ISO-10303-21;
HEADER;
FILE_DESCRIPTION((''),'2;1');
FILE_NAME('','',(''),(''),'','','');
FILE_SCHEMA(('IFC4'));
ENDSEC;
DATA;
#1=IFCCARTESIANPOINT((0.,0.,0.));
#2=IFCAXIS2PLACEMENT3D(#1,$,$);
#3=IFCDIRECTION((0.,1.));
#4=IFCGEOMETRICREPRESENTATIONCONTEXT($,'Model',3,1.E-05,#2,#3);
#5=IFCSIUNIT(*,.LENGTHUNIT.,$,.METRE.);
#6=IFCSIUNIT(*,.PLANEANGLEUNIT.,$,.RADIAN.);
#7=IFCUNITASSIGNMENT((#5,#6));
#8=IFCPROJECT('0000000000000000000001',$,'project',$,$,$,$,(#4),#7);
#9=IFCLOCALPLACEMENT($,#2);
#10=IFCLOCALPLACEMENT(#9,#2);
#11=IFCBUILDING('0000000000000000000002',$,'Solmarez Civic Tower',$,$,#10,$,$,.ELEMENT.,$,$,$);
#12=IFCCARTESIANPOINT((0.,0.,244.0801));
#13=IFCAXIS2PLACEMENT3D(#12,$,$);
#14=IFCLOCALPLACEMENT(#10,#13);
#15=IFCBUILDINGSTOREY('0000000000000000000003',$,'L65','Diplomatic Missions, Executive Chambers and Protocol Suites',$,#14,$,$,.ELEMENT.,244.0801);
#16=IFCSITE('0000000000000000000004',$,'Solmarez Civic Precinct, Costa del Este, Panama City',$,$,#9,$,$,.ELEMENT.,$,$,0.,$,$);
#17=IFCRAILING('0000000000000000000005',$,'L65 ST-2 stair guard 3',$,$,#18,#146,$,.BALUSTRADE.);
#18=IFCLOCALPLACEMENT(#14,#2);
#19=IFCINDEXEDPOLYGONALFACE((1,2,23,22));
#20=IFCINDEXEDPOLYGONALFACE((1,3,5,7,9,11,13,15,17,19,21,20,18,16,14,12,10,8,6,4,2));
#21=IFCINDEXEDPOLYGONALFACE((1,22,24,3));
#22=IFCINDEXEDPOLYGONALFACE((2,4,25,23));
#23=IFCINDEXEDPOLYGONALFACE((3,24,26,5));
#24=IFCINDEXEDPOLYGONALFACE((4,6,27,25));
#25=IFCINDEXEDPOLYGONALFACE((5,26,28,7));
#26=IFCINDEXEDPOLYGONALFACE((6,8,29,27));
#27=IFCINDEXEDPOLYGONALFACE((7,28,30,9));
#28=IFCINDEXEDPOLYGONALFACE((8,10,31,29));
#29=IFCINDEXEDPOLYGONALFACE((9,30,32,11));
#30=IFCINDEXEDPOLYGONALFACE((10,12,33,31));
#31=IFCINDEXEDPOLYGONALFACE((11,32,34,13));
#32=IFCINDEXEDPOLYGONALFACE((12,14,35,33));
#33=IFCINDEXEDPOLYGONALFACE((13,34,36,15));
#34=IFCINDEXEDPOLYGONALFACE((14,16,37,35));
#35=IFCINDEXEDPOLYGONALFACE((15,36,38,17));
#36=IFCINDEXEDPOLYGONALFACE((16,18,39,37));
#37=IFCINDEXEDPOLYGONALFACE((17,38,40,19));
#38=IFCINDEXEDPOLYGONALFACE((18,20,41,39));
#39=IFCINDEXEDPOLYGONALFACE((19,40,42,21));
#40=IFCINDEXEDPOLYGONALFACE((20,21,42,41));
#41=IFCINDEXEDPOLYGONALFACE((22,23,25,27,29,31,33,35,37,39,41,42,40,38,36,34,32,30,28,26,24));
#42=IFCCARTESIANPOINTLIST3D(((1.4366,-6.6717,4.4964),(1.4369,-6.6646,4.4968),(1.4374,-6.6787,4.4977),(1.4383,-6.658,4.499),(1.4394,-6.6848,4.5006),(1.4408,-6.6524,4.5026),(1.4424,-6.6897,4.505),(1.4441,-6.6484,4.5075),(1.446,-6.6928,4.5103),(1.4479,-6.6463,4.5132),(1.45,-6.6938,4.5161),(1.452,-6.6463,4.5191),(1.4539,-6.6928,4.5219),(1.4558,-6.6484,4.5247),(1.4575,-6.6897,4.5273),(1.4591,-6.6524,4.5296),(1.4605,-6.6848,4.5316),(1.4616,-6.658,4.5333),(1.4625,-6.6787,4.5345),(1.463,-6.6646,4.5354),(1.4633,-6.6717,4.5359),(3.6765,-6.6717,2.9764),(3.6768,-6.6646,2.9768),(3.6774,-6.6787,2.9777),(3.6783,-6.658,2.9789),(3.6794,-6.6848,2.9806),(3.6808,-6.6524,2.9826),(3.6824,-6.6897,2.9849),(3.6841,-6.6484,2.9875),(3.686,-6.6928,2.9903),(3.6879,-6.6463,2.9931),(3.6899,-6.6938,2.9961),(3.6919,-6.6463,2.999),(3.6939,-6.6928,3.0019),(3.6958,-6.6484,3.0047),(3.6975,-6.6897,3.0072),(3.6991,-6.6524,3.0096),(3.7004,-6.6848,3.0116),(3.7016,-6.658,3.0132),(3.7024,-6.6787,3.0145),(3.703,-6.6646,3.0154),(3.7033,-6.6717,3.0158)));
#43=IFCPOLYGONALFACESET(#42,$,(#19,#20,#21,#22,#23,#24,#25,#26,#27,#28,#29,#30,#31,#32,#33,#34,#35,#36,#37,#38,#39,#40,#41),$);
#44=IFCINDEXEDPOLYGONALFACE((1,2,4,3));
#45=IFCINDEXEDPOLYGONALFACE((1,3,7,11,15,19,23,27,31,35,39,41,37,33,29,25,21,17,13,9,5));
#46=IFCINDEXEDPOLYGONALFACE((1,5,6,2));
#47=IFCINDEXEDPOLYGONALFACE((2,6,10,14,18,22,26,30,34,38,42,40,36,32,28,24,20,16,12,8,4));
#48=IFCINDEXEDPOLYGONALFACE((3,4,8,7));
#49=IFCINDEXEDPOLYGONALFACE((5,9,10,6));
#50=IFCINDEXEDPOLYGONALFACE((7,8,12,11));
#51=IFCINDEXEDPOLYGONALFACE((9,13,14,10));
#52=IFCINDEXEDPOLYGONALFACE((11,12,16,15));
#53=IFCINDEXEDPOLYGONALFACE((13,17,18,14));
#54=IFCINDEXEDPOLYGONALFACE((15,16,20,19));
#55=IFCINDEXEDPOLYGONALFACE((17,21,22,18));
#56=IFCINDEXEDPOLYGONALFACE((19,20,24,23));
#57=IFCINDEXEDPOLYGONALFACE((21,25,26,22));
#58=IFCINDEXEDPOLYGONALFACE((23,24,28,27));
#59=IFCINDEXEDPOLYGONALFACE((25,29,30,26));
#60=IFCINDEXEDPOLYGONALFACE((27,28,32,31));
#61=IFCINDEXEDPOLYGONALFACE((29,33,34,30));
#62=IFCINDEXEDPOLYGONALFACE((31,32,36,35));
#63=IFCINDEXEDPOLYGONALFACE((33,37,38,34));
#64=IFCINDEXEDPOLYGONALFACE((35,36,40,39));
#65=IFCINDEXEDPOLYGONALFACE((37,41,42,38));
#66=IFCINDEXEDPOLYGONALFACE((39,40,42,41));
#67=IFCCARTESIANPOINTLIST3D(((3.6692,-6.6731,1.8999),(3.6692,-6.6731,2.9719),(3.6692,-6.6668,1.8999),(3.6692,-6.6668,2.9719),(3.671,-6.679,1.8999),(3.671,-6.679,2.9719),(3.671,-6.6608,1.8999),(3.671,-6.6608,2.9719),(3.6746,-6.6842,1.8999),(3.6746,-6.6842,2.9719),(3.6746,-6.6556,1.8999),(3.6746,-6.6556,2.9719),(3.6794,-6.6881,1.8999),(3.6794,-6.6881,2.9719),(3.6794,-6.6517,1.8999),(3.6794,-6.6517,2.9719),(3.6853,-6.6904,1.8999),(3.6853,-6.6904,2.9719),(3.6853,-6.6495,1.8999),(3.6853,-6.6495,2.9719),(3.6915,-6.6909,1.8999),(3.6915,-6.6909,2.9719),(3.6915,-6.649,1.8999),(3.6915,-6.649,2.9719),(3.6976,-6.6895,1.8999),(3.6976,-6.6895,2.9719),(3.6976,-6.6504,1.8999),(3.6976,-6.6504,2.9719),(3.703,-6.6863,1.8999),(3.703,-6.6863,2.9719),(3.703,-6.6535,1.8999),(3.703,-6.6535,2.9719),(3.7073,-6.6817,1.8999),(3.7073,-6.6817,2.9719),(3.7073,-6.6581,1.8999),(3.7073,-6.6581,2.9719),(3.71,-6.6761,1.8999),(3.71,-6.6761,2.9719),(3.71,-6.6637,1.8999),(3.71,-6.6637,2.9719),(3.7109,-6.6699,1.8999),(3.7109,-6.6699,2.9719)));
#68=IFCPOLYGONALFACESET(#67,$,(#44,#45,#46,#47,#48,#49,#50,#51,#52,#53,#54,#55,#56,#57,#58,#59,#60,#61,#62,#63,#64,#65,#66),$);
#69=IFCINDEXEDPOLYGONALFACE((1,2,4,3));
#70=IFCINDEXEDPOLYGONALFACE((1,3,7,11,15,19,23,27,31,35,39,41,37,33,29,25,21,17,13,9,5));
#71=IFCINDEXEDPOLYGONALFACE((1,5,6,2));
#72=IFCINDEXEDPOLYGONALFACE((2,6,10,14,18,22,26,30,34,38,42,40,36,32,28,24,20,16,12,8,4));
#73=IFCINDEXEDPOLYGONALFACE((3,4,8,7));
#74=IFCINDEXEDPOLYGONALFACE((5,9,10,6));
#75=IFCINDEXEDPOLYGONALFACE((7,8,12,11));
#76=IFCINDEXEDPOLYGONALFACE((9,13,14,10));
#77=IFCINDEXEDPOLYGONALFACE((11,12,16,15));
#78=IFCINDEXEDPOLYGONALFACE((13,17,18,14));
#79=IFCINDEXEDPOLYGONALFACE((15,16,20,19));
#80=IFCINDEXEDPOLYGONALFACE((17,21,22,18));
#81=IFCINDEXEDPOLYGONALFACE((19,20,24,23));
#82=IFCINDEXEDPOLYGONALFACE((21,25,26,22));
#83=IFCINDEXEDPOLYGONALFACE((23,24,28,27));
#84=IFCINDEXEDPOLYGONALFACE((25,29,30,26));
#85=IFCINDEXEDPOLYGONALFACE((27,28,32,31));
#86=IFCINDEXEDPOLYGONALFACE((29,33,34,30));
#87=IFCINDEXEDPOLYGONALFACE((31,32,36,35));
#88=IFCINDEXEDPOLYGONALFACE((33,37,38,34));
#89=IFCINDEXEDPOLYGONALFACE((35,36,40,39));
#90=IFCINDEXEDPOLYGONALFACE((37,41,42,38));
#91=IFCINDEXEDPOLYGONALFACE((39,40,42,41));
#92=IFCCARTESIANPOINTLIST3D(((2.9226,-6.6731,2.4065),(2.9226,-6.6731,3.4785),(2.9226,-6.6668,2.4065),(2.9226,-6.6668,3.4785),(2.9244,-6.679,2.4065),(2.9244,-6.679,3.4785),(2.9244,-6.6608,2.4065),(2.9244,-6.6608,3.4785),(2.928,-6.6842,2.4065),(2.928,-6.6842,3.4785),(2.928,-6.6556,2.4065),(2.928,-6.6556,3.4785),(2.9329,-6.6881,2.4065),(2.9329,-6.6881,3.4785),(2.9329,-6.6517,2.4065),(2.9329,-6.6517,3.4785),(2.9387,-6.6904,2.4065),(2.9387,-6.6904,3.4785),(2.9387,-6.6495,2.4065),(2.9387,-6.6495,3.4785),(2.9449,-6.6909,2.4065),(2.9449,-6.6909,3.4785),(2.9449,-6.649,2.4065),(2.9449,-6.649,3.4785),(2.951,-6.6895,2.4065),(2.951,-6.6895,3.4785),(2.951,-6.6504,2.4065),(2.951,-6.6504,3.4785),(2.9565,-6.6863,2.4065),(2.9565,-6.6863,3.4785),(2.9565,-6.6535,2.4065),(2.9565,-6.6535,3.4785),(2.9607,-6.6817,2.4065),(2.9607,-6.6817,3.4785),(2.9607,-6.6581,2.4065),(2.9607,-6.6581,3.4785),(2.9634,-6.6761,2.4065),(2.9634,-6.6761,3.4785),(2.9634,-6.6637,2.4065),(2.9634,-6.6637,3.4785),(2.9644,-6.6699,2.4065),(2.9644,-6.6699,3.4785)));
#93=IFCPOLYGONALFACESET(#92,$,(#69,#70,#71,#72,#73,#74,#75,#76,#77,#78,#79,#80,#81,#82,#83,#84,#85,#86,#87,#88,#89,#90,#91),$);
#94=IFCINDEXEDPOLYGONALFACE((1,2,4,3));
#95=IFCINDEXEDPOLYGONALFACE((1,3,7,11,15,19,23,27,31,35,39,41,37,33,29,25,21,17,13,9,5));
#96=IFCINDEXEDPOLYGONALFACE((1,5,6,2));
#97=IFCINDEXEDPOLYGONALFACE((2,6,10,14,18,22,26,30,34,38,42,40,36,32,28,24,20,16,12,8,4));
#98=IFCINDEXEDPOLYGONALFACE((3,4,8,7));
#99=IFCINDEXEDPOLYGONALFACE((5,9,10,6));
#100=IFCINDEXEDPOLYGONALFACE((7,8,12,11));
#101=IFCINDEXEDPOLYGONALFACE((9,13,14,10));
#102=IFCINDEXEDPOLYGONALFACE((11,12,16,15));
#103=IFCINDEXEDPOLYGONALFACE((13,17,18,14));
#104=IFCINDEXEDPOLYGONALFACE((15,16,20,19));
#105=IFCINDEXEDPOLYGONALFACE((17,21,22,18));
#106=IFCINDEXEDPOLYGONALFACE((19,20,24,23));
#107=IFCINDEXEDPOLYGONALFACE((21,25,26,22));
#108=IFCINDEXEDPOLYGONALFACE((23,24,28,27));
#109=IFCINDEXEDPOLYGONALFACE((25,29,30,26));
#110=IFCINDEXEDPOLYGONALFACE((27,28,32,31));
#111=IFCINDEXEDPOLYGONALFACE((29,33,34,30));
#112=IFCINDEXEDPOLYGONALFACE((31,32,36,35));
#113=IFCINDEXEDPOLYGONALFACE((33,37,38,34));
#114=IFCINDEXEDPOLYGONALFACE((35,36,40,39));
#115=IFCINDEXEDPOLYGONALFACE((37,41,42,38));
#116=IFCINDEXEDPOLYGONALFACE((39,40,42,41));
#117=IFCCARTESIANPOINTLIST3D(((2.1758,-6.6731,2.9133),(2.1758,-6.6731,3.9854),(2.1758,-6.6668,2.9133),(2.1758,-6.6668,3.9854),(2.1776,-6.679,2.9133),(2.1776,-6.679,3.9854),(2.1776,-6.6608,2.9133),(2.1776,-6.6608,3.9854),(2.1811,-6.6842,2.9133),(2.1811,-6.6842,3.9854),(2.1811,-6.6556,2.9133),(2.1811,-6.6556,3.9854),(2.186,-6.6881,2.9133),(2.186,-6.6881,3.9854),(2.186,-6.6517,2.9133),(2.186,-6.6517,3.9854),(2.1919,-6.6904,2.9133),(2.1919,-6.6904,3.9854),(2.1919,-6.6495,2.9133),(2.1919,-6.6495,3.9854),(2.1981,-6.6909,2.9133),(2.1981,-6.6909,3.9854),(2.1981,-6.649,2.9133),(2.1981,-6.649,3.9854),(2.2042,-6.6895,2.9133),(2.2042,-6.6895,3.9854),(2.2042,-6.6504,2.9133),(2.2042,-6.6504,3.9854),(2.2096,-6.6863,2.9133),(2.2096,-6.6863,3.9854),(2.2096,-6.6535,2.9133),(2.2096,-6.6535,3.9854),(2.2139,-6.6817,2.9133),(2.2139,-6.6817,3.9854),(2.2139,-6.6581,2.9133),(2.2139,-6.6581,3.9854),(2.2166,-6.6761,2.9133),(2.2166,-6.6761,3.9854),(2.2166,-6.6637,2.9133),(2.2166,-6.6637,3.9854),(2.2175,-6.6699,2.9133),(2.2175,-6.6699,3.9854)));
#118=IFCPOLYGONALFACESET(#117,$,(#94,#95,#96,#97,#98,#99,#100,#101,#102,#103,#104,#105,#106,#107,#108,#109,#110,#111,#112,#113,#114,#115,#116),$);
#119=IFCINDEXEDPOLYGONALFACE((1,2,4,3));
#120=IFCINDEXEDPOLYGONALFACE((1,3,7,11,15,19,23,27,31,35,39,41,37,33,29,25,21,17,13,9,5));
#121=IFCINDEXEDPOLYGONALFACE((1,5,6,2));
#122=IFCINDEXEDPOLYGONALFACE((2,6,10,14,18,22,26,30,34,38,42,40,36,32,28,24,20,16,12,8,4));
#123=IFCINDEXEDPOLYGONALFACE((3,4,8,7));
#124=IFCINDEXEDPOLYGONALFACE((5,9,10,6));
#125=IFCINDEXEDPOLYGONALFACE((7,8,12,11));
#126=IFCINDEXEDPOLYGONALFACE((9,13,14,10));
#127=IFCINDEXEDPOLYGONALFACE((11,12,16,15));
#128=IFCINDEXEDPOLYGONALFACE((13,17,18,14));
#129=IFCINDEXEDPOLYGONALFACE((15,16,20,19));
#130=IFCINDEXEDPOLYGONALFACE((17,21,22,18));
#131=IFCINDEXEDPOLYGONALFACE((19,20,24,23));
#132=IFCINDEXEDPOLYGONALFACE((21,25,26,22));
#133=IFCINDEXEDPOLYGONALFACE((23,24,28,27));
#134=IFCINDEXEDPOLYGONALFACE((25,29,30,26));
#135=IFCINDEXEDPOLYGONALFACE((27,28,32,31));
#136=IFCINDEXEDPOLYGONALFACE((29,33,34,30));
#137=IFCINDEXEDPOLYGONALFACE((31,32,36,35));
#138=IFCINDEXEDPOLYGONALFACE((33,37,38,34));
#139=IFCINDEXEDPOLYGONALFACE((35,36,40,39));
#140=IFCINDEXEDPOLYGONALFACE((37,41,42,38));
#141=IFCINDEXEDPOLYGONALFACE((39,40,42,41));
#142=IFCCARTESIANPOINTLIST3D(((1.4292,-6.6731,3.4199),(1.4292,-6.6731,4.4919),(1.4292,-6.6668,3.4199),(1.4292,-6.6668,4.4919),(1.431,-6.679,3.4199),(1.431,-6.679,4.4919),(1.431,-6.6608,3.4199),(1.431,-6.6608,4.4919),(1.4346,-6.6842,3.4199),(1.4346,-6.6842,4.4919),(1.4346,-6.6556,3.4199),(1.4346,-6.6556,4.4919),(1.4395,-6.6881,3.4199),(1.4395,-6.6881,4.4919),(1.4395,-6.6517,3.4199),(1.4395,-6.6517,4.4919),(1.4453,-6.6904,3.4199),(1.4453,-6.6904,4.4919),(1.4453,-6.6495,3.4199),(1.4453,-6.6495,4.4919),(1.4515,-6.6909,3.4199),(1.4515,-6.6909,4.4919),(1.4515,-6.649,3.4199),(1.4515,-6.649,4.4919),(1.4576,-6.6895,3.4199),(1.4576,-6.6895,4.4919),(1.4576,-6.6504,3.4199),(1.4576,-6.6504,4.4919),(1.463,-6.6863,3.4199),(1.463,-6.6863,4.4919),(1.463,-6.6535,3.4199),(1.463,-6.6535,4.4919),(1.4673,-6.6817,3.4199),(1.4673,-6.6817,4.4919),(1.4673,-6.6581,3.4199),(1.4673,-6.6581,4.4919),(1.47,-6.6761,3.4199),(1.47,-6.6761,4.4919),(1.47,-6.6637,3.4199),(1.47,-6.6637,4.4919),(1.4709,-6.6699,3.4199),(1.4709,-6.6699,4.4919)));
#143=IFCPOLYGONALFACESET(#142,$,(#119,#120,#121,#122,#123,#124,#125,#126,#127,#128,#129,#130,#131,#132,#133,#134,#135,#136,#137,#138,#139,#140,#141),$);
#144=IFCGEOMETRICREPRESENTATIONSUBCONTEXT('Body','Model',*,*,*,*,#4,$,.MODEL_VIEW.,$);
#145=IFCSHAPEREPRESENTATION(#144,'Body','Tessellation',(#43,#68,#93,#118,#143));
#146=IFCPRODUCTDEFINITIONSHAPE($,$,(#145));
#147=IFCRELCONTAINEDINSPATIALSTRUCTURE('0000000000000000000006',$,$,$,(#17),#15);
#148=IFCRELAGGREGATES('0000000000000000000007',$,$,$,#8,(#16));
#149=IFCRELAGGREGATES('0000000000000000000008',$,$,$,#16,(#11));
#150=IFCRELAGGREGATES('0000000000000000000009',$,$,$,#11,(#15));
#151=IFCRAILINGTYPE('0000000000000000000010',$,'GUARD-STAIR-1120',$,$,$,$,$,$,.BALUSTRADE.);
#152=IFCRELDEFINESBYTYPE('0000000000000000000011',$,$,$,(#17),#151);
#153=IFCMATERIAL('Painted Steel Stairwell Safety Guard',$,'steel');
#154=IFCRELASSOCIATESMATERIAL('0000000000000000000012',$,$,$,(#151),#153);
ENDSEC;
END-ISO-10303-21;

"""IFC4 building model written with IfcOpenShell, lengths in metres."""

from ifc_helpers import new_model, si_unit, direction, frame, origin, origin_2d, place, context, subcontext, project, spatial, circle, extrude, material, type_object, element, save


model = new_model("IFC4")

# Units and contexts
model_context = context("Model", 3, precision=1e-05, world=origin(), true_north=direction((0.0, 1.0)))
body_context = subcontext(model_context, "Body", "Model", "MODEL_VIEW")
ifc_project = project(units=[si_unit("LENGTHUNIT", "METRE"), si_unit("PLANEANGLEUNIT", "RADIAN")], contexts=[model_context])

# Site, building, storey
site_placement = place(None, origin())
site = spatial("IfcSite", under=ifc_project, at=site_placement, Name="Solmarez Civic Precinct, Costa del Este, Panama City", CompositionType="ELEMENT", RefElevation=0.0)
building_placement = place(site_placement, origin())
building = spatial("IfcBuilding", under=site, at=building_placement, Name="Solmarez Civic Tower", CompositionType="ELEMENT")
storey_placement = place(building_placement, frame((0.0, 0.0, 244.0801)))
storey = spatial("IfcBuildingStorey", under=building, at=storey_placement, Name="L65", Description="Diplomatic Missions, Executive Chambers and Protocol Suites", CompositionType="ELEMENT", Elevation=244.0801)

# Railing
ifc_material_1 = material(Name="Painted Steel Stairwell Safety Guard", Category="steel")
railing_type_1 = type_object("IfcRailingType", Name="GUARD-STAIR-1120", PredefinedType="BALUSTRADE", material=ifc_material_1)
railing_1_placement = place(storey_placement, frame((3.6899, -6.6699, 1.8999)))
element("IfcRailing", 1, at=railing_1_placement, inside=storey, type_object=railing_type_1, Name="L65 ST-2 stair guard 3", PredefinedType="BALUSTRADE", context=body_context, shape_type="SweptSolid", body=[
    extrude(circle(Radius=0.0239, at=origin_2d()), frame((0.0, 0.0, 1.0962), z_axis=(-0.827471, 0.0, 0.561508), x_axis=(0.0, -1.0, 0.0)), (0.0, 0.0, 1.0), 2.707),
    extrude(circle(Radius=0.021, at=origin_2d()), origin(), (0.0, 0.0, 1.0), 1.072),
    extrude(circle(Radius=0.021, at=origin_2d()), frame((-0.7466, 0.0, 0.5066)), (0.0, 0.0, 1.0), 1.072),
    extrude(circle(Radius=0.021, at=origin_2d()), frame((-1.4934, 0.0, 1.0134)), (0.0, 0.0, 1.0), 1.072),
    extrude(circle(Radius=0.021, at=origin_2d()), frame((-2.24, 0.0, 1.52)), (0.0, 0.0, 1.0), 1.072),
])

save(model, "model.ifc")
